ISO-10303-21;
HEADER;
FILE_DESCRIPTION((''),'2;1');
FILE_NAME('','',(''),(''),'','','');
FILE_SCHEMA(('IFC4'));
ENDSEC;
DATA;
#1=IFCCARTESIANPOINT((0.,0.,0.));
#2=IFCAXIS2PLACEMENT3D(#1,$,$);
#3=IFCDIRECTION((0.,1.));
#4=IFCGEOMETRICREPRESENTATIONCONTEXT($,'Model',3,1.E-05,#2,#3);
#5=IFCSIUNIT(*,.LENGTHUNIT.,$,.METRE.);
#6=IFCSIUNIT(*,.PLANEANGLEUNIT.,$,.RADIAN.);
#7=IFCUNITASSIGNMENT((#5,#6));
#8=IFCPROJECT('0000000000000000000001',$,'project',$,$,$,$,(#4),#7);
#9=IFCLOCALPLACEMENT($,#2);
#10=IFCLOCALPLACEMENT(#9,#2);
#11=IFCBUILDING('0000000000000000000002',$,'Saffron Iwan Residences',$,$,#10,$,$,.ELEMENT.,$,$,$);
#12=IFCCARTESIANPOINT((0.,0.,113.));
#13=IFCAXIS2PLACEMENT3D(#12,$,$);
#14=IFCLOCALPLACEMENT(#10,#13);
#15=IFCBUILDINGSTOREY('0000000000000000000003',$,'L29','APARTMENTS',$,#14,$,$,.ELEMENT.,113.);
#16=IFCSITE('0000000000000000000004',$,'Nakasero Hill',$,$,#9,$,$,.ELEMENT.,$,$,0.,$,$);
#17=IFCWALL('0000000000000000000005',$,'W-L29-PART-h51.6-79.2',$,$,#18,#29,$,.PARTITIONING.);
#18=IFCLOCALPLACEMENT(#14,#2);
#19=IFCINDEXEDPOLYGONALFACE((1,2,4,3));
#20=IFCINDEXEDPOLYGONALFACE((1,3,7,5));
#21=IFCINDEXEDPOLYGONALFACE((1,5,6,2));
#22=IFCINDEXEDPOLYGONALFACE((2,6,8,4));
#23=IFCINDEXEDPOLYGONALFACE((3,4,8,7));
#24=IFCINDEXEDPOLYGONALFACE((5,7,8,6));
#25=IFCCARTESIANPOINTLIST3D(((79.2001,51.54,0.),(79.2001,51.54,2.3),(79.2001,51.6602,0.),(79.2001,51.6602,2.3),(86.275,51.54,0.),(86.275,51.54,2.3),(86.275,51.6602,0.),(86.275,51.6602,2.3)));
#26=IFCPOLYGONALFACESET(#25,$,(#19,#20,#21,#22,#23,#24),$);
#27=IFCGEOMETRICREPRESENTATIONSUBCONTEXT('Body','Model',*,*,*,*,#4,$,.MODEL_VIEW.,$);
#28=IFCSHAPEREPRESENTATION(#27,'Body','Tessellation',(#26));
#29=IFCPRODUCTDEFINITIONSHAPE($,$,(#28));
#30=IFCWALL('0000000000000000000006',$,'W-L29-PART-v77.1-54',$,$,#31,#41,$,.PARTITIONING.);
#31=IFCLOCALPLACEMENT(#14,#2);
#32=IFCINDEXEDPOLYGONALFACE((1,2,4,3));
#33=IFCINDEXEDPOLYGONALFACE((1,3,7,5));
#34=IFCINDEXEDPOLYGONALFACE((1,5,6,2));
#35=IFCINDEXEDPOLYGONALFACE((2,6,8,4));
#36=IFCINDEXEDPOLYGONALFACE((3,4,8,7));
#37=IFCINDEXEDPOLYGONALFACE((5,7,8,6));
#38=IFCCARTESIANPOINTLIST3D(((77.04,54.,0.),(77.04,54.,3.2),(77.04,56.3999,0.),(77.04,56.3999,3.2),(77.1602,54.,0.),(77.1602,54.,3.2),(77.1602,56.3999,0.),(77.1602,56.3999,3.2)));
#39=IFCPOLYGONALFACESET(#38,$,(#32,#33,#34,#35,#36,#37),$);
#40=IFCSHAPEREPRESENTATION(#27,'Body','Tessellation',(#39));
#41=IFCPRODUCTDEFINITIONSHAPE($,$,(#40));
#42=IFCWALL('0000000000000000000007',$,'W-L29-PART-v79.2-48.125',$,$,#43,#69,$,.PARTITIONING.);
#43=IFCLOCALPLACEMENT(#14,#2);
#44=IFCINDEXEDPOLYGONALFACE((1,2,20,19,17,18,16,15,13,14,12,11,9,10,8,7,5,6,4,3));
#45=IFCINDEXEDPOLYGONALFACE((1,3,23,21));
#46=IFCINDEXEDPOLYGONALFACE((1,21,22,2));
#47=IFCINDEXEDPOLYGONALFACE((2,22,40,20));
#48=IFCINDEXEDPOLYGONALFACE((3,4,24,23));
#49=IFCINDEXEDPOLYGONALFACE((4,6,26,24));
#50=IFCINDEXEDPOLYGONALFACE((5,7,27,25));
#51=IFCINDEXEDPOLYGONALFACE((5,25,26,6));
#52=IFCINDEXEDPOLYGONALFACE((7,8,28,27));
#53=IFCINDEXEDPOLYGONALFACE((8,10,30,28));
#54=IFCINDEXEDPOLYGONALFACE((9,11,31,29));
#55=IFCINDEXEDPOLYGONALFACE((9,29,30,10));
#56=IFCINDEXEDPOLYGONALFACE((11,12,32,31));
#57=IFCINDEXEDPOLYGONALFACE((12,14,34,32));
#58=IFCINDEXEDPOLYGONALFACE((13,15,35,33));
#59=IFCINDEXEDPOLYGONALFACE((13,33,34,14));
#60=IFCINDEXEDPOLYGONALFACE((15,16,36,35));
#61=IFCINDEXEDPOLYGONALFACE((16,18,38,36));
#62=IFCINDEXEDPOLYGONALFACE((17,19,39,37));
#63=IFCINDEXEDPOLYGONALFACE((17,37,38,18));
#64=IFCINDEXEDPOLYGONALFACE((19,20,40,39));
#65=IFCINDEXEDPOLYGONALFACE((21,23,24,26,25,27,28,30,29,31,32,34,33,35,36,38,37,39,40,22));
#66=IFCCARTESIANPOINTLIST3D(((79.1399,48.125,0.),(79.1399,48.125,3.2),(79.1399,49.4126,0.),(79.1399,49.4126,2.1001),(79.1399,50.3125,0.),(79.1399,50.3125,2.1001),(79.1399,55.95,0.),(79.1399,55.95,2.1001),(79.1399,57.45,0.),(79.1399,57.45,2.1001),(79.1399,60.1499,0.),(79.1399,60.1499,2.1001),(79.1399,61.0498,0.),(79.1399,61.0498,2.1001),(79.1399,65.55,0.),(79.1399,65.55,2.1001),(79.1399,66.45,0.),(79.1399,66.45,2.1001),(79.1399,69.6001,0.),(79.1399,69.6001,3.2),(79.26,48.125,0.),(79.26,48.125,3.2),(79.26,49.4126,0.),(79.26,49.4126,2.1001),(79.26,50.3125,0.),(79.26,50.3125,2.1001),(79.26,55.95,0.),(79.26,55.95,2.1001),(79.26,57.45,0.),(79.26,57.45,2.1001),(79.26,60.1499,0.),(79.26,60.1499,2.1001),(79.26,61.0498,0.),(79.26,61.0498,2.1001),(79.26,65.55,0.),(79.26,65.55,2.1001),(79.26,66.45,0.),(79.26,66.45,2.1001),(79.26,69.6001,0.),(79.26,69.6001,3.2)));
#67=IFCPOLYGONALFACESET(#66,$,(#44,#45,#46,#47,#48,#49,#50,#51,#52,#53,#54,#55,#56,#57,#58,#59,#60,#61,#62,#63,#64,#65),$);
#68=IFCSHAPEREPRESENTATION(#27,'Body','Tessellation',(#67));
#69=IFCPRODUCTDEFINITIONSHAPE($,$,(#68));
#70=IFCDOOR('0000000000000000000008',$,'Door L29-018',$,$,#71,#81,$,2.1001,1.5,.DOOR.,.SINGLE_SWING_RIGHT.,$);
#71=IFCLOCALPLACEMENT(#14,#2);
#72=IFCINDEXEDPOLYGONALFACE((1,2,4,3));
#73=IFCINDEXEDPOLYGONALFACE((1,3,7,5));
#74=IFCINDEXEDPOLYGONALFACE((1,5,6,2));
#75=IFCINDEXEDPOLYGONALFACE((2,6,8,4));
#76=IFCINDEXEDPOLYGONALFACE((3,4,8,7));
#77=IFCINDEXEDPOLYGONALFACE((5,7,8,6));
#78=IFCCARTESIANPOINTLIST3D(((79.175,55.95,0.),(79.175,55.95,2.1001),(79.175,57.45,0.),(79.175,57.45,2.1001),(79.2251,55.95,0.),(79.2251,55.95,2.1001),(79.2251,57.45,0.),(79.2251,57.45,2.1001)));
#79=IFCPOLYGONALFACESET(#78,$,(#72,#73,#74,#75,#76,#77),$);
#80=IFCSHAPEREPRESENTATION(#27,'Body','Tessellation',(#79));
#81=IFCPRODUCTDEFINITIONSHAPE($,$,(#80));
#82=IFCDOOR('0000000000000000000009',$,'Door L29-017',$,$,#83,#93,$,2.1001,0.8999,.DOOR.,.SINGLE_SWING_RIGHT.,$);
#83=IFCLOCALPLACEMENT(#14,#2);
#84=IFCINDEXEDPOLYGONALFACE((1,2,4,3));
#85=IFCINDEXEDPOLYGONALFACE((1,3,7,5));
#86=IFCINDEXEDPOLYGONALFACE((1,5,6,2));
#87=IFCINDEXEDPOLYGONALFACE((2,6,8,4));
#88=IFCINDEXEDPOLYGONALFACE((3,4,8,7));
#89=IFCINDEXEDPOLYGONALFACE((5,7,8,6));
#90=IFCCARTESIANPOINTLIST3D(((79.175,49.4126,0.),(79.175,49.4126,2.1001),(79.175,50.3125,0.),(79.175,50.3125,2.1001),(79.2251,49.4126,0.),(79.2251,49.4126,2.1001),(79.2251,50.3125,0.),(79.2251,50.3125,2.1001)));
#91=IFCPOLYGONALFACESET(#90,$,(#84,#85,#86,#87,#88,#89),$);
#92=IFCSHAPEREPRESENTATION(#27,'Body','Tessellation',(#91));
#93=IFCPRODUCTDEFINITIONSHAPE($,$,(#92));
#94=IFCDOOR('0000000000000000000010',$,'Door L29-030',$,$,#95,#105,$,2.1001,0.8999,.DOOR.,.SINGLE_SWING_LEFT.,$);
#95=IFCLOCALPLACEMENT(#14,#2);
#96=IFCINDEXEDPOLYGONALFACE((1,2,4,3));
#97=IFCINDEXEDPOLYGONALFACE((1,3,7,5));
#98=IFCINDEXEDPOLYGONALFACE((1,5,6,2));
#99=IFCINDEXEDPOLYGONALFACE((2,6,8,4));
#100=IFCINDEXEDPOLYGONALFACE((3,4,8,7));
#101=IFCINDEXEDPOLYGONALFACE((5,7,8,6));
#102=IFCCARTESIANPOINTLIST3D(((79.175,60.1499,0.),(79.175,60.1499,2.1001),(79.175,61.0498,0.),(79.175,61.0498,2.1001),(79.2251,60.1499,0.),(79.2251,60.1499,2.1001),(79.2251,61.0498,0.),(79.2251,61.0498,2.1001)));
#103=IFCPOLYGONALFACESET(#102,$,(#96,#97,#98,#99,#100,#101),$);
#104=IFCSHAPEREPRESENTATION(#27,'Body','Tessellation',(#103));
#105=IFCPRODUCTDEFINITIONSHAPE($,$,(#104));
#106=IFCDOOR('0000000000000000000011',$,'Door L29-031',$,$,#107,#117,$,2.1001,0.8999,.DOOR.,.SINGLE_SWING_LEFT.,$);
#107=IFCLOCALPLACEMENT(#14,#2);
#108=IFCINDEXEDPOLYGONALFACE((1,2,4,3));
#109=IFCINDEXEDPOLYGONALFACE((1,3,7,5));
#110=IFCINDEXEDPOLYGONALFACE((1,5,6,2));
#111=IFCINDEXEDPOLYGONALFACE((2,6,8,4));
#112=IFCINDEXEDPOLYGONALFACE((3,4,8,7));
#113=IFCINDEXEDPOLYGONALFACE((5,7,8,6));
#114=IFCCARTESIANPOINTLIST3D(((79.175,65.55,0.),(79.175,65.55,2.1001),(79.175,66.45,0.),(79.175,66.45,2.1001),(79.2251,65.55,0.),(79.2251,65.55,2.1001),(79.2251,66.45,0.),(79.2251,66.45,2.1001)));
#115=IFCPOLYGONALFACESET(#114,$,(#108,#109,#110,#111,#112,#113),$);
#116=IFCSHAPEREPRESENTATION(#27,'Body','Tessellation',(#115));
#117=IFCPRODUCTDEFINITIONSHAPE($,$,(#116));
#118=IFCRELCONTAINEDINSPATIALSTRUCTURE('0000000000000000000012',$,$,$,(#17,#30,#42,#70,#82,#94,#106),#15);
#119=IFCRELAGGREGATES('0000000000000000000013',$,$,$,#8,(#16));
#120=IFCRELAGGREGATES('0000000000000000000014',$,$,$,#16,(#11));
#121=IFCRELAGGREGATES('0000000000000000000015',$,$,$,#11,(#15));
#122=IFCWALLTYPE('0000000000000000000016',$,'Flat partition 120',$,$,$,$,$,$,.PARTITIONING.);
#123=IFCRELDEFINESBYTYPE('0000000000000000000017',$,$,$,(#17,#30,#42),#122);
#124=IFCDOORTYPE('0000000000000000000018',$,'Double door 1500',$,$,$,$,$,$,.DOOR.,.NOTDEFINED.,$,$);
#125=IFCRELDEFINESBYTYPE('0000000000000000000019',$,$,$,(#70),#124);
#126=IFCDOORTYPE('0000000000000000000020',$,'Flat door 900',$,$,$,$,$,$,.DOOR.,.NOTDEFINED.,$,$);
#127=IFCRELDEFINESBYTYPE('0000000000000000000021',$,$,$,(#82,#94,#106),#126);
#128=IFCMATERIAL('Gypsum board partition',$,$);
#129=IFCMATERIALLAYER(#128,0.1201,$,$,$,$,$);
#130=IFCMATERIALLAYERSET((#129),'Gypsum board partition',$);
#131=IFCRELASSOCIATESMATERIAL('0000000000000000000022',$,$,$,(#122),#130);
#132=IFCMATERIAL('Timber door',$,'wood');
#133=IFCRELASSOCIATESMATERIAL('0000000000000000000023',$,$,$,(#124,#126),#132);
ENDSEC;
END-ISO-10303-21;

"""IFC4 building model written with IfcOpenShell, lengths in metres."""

from ifc_helpers import new_model, si_unit, direction, frame, frame_2d, origin, place, context, subcontext, project, spatial, rectangle, extrude, material, layer, layer_set, type_object, element, fill, save


model = new_model("IFC4")

# Units and contexts
model_context = context("Model", 3, precision=1e-05, world=origin(), true_north=direction((0.0, 1.0)))
body_context = subcontext(model_context, "Body", "Model", "MODEL_VIEW")
ifc_project = project(units=[si_unit("LENGTHUNIT", "METRE"), si_unit("PLANEANGLEUNIT", "RADIAN")], contexts=[model_context])

# Site, building, storey
site_placement = place(None, origin())
site = spatial("IfcSite", under=ifc_project, at=site_placement, Name="Nakasero Hill", CompositionType="ELEMENT", RefElevation=0.0)
building_placement = place(site_placement, origin())
building = spatial("IfcBuilding", under=site, at=building_placement, Name="Saffron Iwan Residences", CompositionType="ELEMENT")
storey_placement = place(building_placement, frame((0.0, 0.0, 113.0)))
storey = spatial("IfcBuildingStorey", under=building, at=storey_placement, Name="L29", Description="APARTMENTS", CompositionType="ELEMENT", Elevation=113.0)

# Walls
ifc_material_1 = material(Name="Gypsum board partition")
ifc_layer_1 = layer(ifc_material_1, 0.1201)
ifc_layer_set_1 = layer_set([ifc_layer_1], Name="Gypsum board partition")
wall_type_1 = type_object("IfcWallType", Name="Flat partition 120", PredefinedType="PARTITIONING", material=ifc_layer_set_1)
wall_1_placement = place(storey_placement, frame((79.2, 51.6001, 0.0), z_axis=(0.0, 0.0, 1.0), x_axis=(1.0, 0.0, 0.0)))
element("IfcWall", 1, at=wall_1_placement, inside=storey, type_object=wall_type_1, Name="W-L29-PART-h51.6-79.2", PredefinedType="PARTITIONING", context=body_context, shape_type="SweptSolid", body=[
    extrude(rectangle(XDim=7.075, YDim=0.1201, at=frame_2d((3.5376, 0.0))), origin(), (0.0, 0.0, 1.0), 2.3),
])
wall_2_placement = place(storey_placement, frame((77.1001, 54.0, 0.0), z_axis=(0.0, 0.0, 1.0), x_axis=(0.0, 1.0, 0.0)))
element("IfcWall", 2, at=wall_2_placement, inside=storey, type_object=wall_type_1, Name="W-L29-PART-v77.1-54", PredefinedType="PARTITIONING", context=body_context, shape_type="SweptSolid", body=[
    extrude(rectangle(XDim=2.3999, YDim=0.1201, at=frame_2d((1.2, 0.0))), origin(), (0.0, 0.0, 1.0), 3.2),
])

# Wall, openings, doors
wall_3_placement = place(storey_placement, frame((79.2, 48.125, 0.0), z_axis=(0.0, 0.0, 1.0), x_axis=(0.0, 1.0, 0.0)))
wall_3 = element("IfcWall", 3, at=wall_3_placement, inside=storey, type_object=wall_type_1, Name="W-L29-PART-v79.2-48.125", PredefinedType="PARTITIONING", context=body_context, shape_type="SweptSolid", body=[
    extrude(rectangle(XDim=21.4751, YDim=0.1201, at=frame_2d((10.7375, 0.0))), origin(), (0.0, 0.0, 1.0), 3.2),
])
opening_1_placement = place(wall_3_placement, frame((1.2876, 0.0, 0.0)))
opening_1 = element("IfcOpeningElement", 4, at=opening_1_placement, cuts=wall_3, PredefinedType="OPENING", context=body_context, shape_type="SweptSolid", body=[
    extrude(rectangle(XDim=0.8999, YDim=2.1001, at=frame_2d((0.45, 1.05))), frame((0.0, 0.0701, 0.0), z_axis=(0.0, -1.0, 0.0), x_axis=(1.0, 0.0, 0.0)), (0.0, 0.0, 1.0), 0.1401),
])
opening_2_placement = place(wall_3_placement, frame((7.825, 0.0, 0.0)))
opening_2 = element("IfcOpeningElement", 5, at=opening_2_placement, cuts=wall_3, PredefinedType="OPENING", context=body_context, shape_type="SweptSolid", body=[
    extrude(rectangle(XDim=1.5, YDim=2.1001, at=frame_2d((0.75, 1.05))), frame((0.0, 0.0701, 0.0), z_axis=(0.0, -1.0, 0.0), x_axis=(1.0, 0.0, 0.0)), (0.0, 0.0, 1.0), 0.1401),
])
opening_3_placement = place(wall_3_placement, frame((12.0249, 0.0, 0.0)))
opening_3 = element("IfcOpeningElement", 6, at=opening_3_placement, cuts=wall_3, PredefinedType="OPENING", context=body_context, shape_type="SweptSolid", body=[
    extrude(rectangle(XDim=0.8999, YDim=2.1001, at=frame_2d((0.45, 1.05))), frame((0.0, 0.0701, 0.0), z_axis=(0.0, -1.0, 0.0), x_axis=(1.0, 0.0, 0.0)), (0.0, 0.0, 1.0), 0.1401),
])
opening_4_placement = place(wall_3_placement, frame((17.425, 0.0, 0.0)))
opening_4 = element("IfcOpeningElement", 7, at=opening_4_placement, cuts=wall_3, PredefinedType="OPENING", context=body_context, shape_type="SweptSolid", body=[
    extrude(rectangle(XDim=0.8999, YDim=2.1001, at=frame_2d((0.45, 1.05))), frame((0.0, 0.0701, 0.0), z_axis=(0.0, -1.0, 0.0), x_axis=(1.0, 0.0, 0.0)), (0.0, 0.0, 1.0), 0.1401),
])
ifc_material_2 = material(Name="Timber door", Category="wood")
door_type_1 = type_object("IfcDoorType", Name="Double door 1500", OperationType="NOTDEFINED", PredefinedType="DOOR", material=ifc_material_2)
door_1_placement = place(opening_2_placement, origin())
door_1 = element("IfcDoor", 8, at=door_1_placement, inside=storey, type_object=door_type_1, Name="Door L29-018", OperationType="SINGLE_SWING_RIGHT", OverallHeight=2.1001, OverallWidth=1.5, PredefinedType="DOOR", context=body_context, shape_type="SweptSolid", body=[
    extrude(rectangle(XDim=1.5, YDim=2.1001, at=frame_2d((0.75, 1.05))), frame((0.0, 0.0249, 0.0), z_axis=(0.0, -1.0, 0.0), x_axis=(1.0, 0.0, 0.0)), (0.0, 0.0, 1.0), 0.05),
])
fill(opening_2, door_1)
door_type_2 = type_object("IfcDoorType", Name="Flat door 900", OperationType="NOTDEFINED", PredefinedType="DOOR", material=ifc_material_2)
door_2_placement = place(opening_1_placement, origin())
door_2 = element("IfcDoor", 9, at=door_2_placement, inside=storey, type_object=door_type_2, Name="Door L29-017", OperationType="SINGLE_SWING_RIGHT", OverallHeight=2.1001, OverallWidth=0.8999, PredefinedType="DOOR", context=body_context, shape_type="SweptSolid", body=[
    extrude(rectangle(XDim=0.8999, YDim=2.1001, at=frame_2d((0.45, 1.05))), frame((0.0, 0.0249, 0.0), z_axis=(0.0, -1.0, 0.0), x_axis=(1.0, 0.0, 0.0)), (0.0, 0.0, 1.0), 0.05),
])
fill(opening_1, door_2)
door_3_placement = place(opening_3_placement, origin())
door_3 = element("IfcDoor", 10, at=door_3_placement, inside=storey, type_object=door_type_2, Name="Door L29-030", OperationType="SINGLE_SWING_LEFT", OverallHeight=2.1001, OverallWidth=0.8999, PredefinedType="DOOR", context=body_context, shape_type="SweptSolid", body=[
    extrude(rectangle(XDim=0.8999, YDim=2.1001, at=frame_2d((0.45, 1.05))), frame((0.0, 0.0249, 0.0), z_axis=(0.0, -1.0, 0.0), x_axis=(1.0, 0.0, 0.0)), (0.0, 0.0, 1.0), 0.05),
])
fill(opening_3, door_3)
door_4_placement = place(opening_4_placement, origin())
door_4 = element("IfcDoor", 11, at=door_4_placement, inside=storey, type_object=door_type_2, Name="Door L29-031", OperationType="SINGLE_SWING_LEFT", OverallHeight=2.1001, OverallWidth=0.8999, PredefinedType="DOOR", context=body_context, shape_type="SweptSolid", body=[
    extrude(rectangle(XDim=0.8999, YDim=2.1001, at=frame_2d((0.45, 1.05))), frame((0.0, 0.0249, 0.0), z_axis=(0.0, -1.0, 0.0), x_axis=(1.0, 0.0, 0.0)), (0.0, 0.0, 1.0), 0.05),
])
fill(opening_4, door_4)

save(model, "model.ifc")
